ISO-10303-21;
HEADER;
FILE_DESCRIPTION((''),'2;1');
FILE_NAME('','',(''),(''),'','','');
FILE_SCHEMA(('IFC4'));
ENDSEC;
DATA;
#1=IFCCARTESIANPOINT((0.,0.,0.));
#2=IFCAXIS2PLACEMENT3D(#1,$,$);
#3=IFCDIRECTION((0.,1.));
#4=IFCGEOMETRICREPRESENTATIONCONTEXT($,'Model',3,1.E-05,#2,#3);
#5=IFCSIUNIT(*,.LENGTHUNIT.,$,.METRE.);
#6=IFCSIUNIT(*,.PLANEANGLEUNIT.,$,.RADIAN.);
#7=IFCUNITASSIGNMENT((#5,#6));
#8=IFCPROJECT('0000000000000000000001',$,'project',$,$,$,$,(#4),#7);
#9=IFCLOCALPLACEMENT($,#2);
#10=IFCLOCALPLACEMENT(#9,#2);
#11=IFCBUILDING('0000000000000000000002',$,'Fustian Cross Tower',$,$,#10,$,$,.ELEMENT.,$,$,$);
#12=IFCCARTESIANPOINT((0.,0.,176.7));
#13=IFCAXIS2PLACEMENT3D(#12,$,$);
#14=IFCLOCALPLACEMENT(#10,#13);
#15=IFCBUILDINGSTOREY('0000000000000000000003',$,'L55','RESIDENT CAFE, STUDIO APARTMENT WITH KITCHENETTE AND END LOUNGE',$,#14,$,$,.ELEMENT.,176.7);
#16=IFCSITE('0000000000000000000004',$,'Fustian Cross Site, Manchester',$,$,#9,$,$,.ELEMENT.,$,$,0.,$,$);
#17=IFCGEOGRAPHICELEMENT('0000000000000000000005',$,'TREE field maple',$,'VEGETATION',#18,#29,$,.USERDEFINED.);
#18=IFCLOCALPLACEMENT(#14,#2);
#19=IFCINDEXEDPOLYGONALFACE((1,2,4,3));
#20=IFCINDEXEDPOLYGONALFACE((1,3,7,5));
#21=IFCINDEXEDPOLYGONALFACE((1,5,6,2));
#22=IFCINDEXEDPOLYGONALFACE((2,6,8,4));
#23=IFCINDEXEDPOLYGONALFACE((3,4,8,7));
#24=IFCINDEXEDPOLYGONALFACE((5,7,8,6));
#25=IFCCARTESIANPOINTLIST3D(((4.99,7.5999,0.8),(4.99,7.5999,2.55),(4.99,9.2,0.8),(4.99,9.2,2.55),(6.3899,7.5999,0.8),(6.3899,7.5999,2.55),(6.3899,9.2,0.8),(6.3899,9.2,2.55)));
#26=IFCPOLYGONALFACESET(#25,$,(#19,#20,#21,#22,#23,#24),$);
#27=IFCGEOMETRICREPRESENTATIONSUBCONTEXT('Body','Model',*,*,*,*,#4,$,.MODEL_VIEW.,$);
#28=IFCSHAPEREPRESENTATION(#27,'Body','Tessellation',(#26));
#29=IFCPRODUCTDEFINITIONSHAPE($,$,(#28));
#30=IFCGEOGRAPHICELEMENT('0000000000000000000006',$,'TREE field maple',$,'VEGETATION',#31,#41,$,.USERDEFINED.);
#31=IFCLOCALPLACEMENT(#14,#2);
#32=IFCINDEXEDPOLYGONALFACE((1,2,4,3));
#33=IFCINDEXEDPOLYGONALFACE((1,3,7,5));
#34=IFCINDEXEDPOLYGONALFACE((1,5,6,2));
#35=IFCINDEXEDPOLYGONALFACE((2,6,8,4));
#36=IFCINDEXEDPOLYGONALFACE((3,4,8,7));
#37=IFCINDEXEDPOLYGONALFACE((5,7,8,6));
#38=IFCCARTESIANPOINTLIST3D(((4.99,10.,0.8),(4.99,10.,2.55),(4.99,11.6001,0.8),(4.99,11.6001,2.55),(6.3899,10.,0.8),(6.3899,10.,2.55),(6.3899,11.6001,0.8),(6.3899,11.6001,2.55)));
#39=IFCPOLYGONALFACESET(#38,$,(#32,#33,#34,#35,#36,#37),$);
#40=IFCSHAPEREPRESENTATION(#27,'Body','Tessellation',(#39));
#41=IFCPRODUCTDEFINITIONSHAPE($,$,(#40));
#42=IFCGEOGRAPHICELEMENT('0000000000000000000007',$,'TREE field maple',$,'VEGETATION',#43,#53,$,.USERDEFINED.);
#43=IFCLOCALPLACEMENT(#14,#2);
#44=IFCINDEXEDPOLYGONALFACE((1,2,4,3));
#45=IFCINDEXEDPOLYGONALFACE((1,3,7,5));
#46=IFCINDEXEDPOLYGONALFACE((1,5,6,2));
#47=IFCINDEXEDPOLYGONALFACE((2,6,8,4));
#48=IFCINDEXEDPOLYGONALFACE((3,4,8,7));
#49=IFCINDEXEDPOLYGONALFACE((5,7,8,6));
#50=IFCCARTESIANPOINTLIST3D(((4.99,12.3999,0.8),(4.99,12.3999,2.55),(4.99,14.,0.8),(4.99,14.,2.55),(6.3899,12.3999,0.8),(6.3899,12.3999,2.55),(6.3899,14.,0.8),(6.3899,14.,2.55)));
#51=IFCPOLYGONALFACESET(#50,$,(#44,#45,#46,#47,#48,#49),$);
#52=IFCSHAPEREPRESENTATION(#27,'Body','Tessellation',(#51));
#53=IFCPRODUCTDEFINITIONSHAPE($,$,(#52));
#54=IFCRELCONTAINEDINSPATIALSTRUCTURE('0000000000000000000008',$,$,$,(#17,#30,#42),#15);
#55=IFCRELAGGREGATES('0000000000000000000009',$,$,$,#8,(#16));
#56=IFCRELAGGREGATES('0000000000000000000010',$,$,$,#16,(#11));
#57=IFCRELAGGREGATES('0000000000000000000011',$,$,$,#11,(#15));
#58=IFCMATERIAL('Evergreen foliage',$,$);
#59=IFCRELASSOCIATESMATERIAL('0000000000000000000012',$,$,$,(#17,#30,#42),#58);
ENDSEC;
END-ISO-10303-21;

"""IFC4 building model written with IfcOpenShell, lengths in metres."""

from ifc_helpers import new_model, si_unit, direction, frame, origin, origin_2d, place, context, subcontext, project, spatial, rectangle, extrude, material, element, save


model = new_model("IFC4")

# Units and contexts
model_context = context("Model", 3, precision=1e-05, world=origin(), true_north=direction((0.0, 1.0)))
body_context = subcontext(model_context, "Body", "Model", "MODEL_VIEW")
ifc_project = project(units=[si_unit("LENGTHUNIT", "METRE"), si_unit("PLANEANGLEUNIT", "RADIAN")], contexts=[model_context])

# Site, building, storey
site_placement = place(None, origin())
site = spatial("IfcSite", under=ifc_project, at=site_placement, Name="Fustian Cross Site, Manchester", CompositionType="ELEMENT", RefElevation=0.0)
building_placement = place(site_placement, origin())
building = spatial("IfcBuilding", under=site, at=building_placement, Name="Fustian Cross Tower", CompositionType="ELEMENT")
storey_placement = place(building_placement, frame((0.0, 0.0, 176.7)))
storey = spatial("IfcBuildingStorey", under=building, at=storey_placement, Name="L55", Description="RESIDENT CAFE, STUDIO APARTMENT WITH KITCHENETTE AND END LOUNGE", CompositionType="ELEMENT", Elevation=176.7)

# Geographic elements
ifc_material_1 = material(Name="Evergreen foliage")
for number, where, z_axis, x_axis, name in (
    (1, (5.6899, 8.3999, 0.8), (0.0, 0.0, 1.0), (1.0, 0.0, 0.0), "TREE field maple"),
    (2, (5.6899, 10.8, 0.8), (0.0, 0.0, 1.0), (1.0, 0.0, 0.0), "TREE field maple"),
    (3, (5.6899, 13.2, 0.8), (0.0, 0.0, 1.0), (1.0, 0.0, 0.0), "TREE field maple"),
):
    element("IfcGeographicElement", number, at=place(storey_placement, frame(where, z_axis=z_axis, x_axis=x_axis)), inside=storey, material=ifc_material_1, Name=name, ObjectType="VEGETATION", PredefinedType="USERDEFINED", context=body_context, shape_type="SweptSolid", body=[
        extrude(rectangle(XDim=1.3999, YDim=1.6001, at=origin_2d()), origin(), (0.0, 0.0, 1.0), 1.75),
    ])

save(model, "model.ifc")
